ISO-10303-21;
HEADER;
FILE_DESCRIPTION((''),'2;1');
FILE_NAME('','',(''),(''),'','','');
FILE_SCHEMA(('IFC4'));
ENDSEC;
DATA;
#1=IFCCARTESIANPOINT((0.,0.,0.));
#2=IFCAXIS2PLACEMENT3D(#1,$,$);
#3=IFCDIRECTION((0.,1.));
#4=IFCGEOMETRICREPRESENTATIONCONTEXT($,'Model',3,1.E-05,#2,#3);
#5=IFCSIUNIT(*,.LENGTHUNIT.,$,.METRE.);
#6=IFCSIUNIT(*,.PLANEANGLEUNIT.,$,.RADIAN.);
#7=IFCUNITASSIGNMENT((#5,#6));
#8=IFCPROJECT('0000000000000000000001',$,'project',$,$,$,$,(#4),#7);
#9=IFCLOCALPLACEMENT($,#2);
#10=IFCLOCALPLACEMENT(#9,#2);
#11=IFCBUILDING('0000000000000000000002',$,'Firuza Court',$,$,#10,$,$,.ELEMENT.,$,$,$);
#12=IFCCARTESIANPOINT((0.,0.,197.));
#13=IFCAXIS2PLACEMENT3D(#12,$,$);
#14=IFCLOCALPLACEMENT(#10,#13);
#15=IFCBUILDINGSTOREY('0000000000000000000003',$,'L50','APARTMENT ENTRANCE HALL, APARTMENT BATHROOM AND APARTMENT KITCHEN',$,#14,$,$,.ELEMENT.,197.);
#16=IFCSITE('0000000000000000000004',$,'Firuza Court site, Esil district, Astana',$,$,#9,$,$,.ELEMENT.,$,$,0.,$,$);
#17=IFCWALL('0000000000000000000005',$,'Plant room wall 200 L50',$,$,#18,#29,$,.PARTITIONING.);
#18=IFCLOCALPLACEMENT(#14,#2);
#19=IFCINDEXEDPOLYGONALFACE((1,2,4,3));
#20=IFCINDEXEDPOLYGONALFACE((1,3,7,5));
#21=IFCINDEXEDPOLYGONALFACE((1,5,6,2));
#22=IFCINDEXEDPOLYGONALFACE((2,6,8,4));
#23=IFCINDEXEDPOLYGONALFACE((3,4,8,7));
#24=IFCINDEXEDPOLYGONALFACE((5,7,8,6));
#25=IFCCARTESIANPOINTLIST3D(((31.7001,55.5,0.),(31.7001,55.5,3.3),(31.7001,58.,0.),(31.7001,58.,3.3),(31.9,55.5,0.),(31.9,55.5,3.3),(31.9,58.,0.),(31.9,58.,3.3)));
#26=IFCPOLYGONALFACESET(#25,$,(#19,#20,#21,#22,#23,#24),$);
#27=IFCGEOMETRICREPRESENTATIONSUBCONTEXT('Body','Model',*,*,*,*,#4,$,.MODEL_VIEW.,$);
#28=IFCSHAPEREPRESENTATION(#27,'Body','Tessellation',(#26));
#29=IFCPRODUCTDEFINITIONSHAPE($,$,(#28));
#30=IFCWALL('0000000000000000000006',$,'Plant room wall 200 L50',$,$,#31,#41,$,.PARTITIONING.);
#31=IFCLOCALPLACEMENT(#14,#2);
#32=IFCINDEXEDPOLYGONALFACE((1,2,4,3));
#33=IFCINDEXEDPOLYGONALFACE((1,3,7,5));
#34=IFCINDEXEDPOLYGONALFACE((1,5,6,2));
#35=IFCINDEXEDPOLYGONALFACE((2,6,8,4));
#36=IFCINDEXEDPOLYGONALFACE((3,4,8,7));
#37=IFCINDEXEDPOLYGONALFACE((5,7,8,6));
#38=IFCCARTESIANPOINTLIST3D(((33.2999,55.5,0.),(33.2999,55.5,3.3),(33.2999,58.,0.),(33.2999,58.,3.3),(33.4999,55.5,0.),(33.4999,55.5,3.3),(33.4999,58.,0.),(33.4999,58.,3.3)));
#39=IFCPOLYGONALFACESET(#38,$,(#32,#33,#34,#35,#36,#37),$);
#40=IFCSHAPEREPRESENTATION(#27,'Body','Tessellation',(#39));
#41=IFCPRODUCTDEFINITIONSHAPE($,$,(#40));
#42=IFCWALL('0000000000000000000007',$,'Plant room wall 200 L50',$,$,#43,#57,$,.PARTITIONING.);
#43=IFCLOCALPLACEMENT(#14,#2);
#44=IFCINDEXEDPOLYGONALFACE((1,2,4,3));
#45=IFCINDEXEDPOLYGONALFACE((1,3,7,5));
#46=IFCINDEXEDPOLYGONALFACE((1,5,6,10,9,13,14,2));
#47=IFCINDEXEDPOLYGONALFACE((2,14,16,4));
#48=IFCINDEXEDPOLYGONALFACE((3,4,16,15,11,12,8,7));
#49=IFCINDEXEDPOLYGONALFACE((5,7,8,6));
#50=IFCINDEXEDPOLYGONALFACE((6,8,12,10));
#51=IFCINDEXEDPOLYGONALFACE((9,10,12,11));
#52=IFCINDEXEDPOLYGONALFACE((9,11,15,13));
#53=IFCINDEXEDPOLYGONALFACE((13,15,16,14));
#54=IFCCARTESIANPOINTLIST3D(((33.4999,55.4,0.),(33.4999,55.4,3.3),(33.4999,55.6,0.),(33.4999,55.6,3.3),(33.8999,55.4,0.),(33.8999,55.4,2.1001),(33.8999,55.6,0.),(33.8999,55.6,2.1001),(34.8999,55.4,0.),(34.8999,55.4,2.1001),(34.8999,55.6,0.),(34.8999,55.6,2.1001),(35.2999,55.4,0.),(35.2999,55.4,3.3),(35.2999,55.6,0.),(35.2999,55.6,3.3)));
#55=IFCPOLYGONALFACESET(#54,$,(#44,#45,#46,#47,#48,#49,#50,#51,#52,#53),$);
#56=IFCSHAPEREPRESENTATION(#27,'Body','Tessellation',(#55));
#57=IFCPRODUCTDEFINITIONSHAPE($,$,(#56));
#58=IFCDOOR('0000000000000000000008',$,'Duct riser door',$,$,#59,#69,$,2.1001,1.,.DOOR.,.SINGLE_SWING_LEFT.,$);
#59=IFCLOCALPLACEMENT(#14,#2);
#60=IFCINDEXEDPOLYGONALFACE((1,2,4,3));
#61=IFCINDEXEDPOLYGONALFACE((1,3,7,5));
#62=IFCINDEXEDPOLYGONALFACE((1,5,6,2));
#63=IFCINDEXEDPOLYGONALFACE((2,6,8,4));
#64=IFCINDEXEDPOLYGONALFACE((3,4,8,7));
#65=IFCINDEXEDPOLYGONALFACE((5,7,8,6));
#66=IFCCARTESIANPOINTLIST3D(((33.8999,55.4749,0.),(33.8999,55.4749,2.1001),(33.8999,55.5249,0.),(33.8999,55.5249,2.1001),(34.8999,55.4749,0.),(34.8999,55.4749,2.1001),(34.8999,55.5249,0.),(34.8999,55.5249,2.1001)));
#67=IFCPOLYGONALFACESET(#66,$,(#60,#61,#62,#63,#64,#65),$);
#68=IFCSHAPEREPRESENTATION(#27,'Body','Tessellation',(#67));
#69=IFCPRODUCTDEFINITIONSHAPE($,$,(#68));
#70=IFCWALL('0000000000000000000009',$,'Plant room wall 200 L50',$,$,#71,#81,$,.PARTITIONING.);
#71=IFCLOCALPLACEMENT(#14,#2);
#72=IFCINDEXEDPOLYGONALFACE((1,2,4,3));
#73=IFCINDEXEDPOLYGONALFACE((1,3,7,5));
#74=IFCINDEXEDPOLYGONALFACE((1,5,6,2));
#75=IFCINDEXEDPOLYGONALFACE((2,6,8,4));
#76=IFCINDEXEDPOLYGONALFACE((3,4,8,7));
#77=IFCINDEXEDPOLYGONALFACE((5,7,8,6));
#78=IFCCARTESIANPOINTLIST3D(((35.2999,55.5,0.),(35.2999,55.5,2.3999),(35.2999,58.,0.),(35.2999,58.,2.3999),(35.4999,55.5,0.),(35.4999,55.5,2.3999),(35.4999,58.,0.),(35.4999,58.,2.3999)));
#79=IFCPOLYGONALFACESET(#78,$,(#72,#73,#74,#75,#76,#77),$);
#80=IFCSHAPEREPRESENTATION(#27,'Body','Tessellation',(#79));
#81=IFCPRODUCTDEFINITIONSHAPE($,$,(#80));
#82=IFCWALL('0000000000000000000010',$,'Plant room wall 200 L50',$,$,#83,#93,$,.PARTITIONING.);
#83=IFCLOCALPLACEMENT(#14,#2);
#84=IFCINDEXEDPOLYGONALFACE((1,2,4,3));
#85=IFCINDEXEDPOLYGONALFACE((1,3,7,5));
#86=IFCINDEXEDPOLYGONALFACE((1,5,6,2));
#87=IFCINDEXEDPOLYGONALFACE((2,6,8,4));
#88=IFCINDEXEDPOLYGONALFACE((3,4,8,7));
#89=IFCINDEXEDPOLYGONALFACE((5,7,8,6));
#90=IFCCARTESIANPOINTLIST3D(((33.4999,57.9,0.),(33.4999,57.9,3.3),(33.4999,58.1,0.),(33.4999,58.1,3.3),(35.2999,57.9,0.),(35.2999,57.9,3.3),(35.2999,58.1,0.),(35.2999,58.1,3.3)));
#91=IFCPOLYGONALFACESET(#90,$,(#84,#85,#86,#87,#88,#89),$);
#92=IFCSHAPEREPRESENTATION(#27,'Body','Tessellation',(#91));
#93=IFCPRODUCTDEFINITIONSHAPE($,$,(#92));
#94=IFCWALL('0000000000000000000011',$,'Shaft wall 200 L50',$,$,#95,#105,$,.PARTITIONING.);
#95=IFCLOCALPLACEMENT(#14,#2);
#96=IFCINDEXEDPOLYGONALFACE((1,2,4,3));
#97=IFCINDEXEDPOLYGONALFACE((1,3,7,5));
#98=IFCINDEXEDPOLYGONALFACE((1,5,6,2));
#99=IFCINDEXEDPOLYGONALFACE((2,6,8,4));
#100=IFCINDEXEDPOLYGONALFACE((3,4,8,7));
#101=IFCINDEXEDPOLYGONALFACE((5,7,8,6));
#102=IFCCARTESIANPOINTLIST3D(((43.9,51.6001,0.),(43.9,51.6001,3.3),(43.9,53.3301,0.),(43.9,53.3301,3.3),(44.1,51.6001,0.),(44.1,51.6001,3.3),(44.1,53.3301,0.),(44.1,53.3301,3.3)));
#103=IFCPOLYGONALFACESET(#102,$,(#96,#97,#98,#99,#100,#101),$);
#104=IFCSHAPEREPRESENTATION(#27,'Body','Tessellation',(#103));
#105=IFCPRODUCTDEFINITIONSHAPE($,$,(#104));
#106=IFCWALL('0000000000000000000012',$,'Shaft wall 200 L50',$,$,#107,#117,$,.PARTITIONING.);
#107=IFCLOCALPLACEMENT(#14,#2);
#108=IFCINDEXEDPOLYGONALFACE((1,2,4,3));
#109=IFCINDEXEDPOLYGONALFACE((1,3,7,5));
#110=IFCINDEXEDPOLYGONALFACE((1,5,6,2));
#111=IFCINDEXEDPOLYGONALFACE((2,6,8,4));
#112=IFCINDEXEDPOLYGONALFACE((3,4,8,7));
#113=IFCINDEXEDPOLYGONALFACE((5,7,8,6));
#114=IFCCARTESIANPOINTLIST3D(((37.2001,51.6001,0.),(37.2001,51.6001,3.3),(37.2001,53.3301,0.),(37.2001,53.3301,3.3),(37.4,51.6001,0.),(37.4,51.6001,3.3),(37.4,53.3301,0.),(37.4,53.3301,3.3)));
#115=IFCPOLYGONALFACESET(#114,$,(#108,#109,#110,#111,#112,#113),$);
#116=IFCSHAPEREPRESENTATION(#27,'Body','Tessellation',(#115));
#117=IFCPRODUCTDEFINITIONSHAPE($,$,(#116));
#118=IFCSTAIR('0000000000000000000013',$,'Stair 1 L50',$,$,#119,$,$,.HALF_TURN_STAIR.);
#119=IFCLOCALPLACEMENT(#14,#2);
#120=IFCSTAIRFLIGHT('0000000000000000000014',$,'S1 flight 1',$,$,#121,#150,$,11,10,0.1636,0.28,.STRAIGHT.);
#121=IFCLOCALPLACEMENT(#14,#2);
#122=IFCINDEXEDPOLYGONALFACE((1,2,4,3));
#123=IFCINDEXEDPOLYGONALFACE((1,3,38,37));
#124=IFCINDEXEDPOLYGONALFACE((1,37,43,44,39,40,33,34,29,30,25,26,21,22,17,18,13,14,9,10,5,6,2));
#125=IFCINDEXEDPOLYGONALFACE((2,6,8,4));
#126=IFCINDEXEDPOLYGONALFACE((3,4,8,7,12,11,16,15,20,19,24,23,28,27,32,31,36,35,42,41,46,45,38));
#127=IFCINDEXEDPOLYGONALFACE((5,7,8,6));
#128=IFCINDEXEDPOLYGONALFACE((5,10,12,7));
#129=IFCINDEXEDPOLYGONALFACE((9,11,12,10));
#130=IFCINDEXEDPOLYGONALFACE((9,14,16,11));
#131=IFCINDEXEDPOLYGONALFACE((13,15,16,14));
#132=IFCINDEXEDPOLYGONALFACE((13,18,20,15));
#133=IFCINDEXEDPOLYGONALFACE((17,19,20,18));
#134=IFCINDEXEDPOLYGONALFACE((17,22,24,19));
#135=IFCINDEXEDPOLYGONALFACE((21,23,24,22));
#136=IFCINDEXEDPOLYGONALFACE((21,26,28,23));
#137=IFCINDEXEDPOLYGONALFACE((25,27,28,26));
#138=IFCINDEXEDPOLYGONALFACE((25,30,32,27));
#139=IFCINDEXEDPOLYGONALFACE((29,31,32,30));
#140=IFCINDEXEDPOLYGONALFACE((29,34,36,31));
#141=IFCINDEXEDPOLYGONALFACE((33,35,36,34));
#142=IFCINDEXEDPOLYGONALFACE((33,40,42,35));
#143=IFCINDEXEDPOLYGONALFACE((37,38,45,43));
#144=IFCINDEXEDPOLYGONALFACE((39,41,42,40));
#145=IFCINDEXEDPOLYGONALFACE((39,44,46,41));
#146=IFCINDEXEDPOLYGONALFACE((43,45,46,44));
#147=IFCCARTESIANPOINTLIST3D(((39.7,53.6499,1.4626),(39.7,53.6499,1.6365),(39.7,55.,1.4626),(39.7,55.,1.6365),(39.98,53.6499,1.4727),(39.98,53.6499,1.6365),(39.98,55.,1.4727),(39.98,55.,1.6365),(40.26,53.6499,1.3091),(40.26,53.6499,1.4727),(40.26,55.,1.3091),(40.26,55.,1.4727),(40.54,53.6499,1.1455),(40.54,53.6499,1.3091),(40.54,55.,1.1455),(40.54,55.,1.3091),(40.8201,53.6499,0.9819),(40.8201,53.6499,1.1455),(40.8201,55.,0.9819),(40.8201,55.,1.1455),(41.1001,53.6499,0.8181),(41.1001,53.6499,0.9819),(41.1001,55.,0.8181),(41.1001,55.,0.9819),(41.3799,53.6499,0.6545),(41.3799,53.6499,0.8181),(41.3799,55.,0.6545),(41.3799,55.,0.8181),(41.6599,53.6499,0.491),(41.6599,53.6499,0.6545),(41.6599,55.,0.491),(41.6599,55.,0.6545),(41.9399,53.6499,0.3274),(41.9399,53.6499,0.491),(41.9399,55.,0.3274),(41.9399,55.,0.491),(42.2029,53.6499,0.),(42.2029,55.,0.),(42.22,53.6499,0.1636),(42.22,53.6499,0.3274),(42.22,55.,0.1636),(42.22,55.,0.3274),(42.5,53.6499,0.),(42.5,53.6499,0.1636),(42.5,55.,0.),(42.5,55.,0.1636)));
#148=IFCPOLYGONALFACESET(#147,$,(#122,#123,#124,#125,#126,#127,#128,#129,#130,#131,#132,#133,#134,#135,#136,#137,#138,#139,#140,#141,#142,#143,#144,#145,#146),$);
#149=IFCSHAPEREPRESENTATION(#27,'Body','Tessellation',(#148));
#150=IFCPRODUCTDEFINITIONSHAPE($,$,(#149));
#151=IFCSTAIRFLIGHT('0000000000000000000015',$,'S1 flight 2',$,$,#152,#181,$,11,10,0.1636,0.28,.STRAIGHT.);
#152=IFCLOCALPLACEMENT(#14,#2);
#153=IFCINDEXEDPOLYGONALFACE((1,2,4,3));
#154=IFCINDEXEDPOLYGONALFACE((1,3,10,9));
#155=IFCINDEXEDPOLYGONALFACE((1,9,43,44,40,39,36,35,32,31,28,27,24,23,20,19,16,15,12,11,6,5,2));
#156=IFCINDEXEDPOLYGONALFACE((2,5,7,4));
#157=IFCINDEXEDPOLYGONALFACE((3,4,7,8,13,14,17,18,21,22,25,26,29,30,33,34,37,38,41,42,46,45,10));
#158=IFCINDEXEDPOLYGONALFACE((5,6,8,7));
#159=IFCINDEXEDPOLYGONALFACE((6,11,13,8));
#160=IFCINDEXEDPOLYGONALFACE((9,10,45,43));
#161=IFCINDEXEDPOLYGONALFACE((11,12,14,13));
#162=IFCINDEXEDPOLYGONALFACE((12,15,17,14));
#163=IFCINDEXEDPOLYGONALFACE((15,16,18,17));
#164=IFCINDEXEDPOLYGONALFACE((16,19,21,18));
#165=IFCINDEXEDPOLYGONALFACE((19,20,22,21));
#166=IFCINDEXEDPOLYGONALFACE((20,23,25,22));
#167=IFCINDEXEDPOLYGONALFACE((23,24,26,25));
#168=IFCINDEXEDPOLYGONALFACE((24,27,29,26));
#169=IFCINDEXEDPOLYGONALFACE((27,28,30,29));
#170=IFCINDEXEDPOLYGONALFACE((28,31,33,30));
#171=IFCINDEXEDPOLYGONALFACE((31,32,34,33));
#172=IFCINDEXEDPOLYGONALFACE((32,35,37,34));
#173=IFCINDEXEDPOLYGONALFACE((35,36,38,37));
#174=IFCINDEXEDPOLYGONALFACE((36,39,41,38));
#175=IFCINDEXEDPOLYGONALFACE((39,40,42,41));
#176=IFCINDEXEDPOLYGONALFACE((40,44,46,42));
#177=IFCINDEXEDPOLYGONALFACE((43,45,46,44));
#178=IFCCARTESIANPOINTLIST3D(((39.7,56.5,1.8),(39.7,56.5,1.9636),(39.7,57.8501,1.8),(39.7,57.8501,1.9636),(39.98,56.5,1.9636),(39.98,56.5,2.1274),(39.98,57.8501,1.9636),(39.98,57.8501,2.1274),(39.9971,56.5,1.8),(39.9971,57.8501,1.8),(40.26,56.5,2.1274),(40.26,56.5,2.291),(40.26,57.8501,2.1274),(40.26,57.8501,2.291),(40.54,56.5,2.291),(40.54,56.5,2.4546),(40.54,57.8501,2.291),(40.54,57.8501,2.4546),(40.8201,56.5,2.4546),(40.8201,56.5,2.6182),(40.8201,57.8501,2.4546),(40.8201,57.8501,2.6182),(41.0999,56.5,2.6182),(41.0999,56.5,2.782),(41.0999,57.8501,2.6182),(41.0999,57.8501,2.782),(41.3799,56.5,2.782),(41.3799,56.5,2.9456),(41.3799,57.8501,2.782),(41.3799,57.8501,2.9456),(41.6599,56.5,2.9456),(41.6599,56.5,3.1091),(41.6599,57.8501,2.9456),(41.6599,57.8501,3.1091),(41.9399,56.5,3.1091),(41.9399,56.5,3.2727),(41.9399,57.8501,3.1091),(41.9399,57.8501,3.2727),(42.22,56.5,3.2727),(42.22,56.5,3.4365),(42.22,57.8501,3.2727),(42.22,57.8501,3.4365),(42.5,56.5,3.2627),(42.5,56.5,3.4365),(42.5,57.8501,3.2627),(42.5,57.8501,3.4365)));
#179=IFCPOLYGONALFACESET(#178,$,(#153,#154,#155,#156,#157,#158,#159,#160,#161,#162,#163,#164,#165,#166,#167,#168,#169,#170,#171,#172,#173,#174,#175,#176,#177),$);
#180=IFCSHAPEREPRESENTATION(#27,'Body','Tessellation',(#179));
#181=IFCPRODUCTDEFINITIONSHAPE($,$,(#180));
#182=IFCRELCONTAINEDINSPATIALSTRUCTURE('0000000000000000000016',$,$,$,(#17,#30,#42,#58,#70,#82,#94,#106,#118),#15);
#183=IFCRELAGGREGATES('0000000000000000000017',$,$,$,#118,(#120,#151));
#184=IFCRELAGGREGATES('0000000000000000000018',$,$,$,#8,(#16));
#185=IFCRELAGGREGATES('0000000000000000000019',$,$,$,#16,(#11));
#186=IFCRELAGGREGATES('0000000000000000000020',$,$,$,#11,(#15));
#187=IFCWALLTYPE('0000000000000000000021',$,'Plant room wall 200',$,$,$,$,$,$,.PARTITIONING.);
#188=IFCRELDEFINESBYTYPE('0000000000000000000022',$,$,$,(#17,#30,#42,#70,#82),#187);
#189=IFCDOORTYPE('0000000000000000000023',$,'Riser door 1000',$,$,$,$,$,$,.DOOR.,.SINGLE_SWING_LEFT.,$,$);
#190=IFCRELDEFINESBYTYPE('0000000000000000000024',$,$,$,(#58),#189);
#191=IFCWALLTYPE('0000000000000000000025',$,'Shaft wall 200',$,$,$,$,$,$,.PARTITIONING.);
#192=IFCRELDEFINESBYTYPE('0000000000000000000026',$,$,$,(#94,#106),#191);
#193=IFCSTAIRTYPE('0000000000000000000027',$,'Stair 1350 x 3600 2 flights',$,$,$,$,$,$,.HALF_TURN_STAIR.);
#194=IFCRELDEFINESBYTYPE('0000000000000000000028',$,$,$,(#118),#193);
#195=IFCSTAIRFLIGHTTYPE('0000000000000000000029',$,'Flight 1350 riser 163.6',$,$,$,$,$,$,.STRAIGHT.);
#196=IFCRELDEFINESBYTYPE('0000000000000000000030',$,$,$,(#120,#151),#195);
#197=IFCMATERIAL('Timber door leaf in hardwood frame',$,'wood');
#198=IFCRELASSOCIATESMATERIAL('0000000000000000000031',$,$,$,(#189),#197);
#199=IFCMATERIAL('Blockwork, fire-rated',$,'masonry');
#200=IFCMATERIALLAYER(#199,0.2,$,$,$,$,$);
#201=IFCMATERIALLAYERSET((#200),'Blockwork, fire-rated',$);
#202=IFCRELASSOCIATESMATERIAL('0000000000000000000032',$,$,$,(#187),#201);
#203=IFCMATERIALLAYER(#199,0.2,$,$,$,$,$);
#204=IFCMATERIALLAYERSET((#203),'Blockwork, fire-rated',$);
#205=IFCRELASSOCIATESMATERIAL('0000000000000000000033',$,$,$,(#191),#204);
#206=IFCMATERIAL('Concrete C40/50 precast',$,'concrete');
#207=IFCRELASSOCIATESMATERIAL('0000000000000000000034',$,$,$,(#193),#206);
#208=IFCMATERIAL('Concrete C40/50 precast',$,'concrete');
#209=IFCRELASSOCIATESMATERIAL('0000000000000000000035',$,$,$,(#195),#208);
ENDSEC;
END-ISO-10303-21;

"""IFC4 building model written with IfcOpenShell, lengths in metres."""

from ifc_helpers import new_model, si_unit, direction, frame, frame_2d, origin, place, context, subcontext, project, spatial, polyline, rectangle, outline, extrude, material, layer, layer_set, type_object, element, fill, aggregate, save


model = new_model("IFC4")

# Units and contexts
model_context = context("Model", 3, precision=1e-05, world=origin(), true_north=direction((0.0, 1.0)))
body_context = subcontext(model_context, "Body", "Model", "MODEL_VIEW")
ifc_project = project(units=[si_unit("LENGTHUNIT", "METRE"), si_unit("PLANEANGLEUNIT", "RADIAN")], contexts=[model_context])

# Site, building, storey
site_placement = place(None, origin())
site = spatial("IfcSite", under=ifc_project, at=site_placement, Name="Firuza Court site, Esil district, Astana", CompositionType="ELEMENT", RefElevation=0.0)
building_placement = place(site_placement, origin())
building = spatial("IfcBuilding", under=site, at=building_placement, Name="Firuza Court", CompositionType="ELEMENT")
storey_placement = place(building_placement, frame((0.0, 0.0, 197.0)))
storey = spatial("IfcBuildingStorey", under=building, at=storey_placement, Name="L50", Description="APARTMENT ENTRANCE HALL, APARTMENT BATHROOM AND APARTMENT KITCHEN", CompositionType="ELEMENT", Elevation=197.0)

# Shared definitions
ifc_material_1 = material(Name="Timber door leaf in hardwood frame", Category="wood")
door_type_1 = type_object("IfcDoorType", Name="Riser door 1000", OperationType="SINGLE_SWING_LEFT", PredefinedType="DOOR", material=ifc_material_1)

# Walls
ifc_material_2 = material(Name="Blockwork, fire-rated", Category="masonry")
ifc_layer_1 = layer(ifc_material_2, 0.2)
ifc_layer_set_1 = layer_set([ifc_layer_1], Name="Blockwork, fire-rated")
wall_type_1 = type_object("IfcWallType", Name="Plant room wall 200", PredefinedType="PARTITIONING", material=ifc_layer_set_1)
for number, where, z_axis, x_axis, name in (
    (1, (31.8, 55.5, 0.0), (0.0, 0.0, 1.0), (0.0, 1.0, 0.0), "Plant room wall 200 L50"),
    (2, (33.3999, 55.5, 0.0), (0.0, 0.0, 1.0), (0.0, 1.0, 0.0), "Plant room wall 200 L50"),
):
    element("IfcWall", number, at=place(storey_placement, frame(where, z_axis=z_axis, x_axis=x_axis)), inside=storey, type_object=wall_type_1, Name=name, PredefinedType="PARTITIONING", context=body_context, shape_type="SweptSolid", body=[
        extrude(rectangle(XDim=2.5, YDim=0.2, at=frame_2d((1.25, 0.0))), origin(), (0.0, 0.0, 1.0), 3.3),
    ])

# Wall, opening, door
wall_1_placement = place(storey_placement, frame((33.5, 55.5, 0.0), z_axis=(0.0, 0.0, 1.0), x_axis=(1.0, 0.0, 0.0)))
wall_1 = element("IfcWall", 3, at=wall_1_placement, inside=storey, type_object=wall_type_1, Name="Plant room wall 200 L50", PredefinedType="PARTITIONING", context=body_context, shape_type="SweptSolid", body=[
    extrude(rectangle(XDim=1.8, YDim=0.2, at=frame_2d((0.8999, 0.0))), origin(), (0.0, 0.0, 1.0), 3.3),
])
opening_1_placement = place(wall_1_placement, frame((0.3999, 0.0, 0.0)))
opening_1 = element("IfcOpeningElement", 4, at=opening_1_placement, cuts=wall_1, PredefinedType="OPENING", context=body_context, shape_type="SweptSolid", body=[
    extrude(rectangle(XDim=1.0, YDim=2.1001, at=frame_2d((0.5, 1.05))), frame((0.0, 0.1118, 0.0), z_axis=(0.0, -1.0, 0.0), x_axis=(1.0, 0.0, 0.0)), (0.0, 0.0, 1.0), 0.2239),
])
door_1_placement = place(opening_1_placement, origin())
door_1 = element("IfcDoor", 5, at=door_1_placement, inside=storey, type_object=door_type_1, Name="Duct riser door", OperationType="SINGLE_SWING_LEFT", OverallHeight=2.1001, OverallWidth=1.0, PredefinedType="DOOR", context=body_context, shape_type="SweptSolid", body=[
    extrude(rectangle(XDim=1.0, YDim=2.1001, at=frame_2d((0.5, 1.05))), frame((0.0, 0.0249, 0.0), z_axis=(0.0, -1.0, 0.0), x_axis=(1.0, 0.0, 0.0)), (0.0, 0.0, 1.0), 0.05),
])
fill(opening_1, door_1)

# Walls
wall_2_placement = place(storey_placement, frame((35.3999, 55.5, 0.0), z_axis=(0.0, 0.0, 1.0), x_axis=(0.0, 1.0, 0.0)))
element("IfcWall", 6, at=wall_2_placement, inside=storey, type_object=wall_type_1, Name="Plant room wall 200 L50", PredefinedType="PARTITIONING", context=body_context, shape_type="SweptSolid", body=[
    extrude(rectangle(XDim=2.5, YDim=0.2, at=frame_2d((1.25, 0.0))), origin(), (0.0, 0.0, 1.0), 2.3999),
])
wall_3_placement = place(storey_placement, frame((33.5, 58.0, 0.0), z_axis=(0.0, 0.0, 1.0), x_axis=(1.0, 0.0, 0.0)))
element("IfcWall", 7, at=wall_3_placement, inside=storey, type_object=wall_type_1, Name="Plant room wall 200 L50", PredefinedType="PARTITIONING", context=body_context, shape_type="SweptSolid", body=[
    extrude(rectangle(XDim=1.8, YDim=0.2, at=frame_2d((0.8999, 0.0))), origin(), (0.0, 0.0, 1.0), 3.3),
])
ifc_layer_2 = layer(ifc_material_2, 0.2)
ifc_layer_set_2 = layer_set([ifc_layer_2], Name="Blockwork, fire-rated")
wall_type_2 = type_object("IfcWallType", Name="Shaft wall 200", PredefinedType="PARTITIONING", material=ifc_layer_set_2)
for number, where, z_axis, x_axis, name in (
    (8, (44.0, 51.6001, 0.0), (0.0, 0.0, 1.0), (0.0, 1.0, 0.0), "Shaft wall 200 L50"),
    (9, (37.3, 51.6001, 0.0), (0.0, 0.0, 1.0), (0.0, 1.0, 0.0), "Shaft wall 200 L50"),
):
    element("IfcWall", number, at=place(storey_placement, frame(where, z_axis=z_axis, x_axis=x_axis)), inside=storey, type_object=wall_type_2, Name=name, PredefinedType="PARTITIONING", context=body_context, shape_type="SweptSolid", body=[
        extrude(rectangle(XDim=1.73, YDim=0.2, at=frame_2d((0.865, 0.0))), origin(), (0.0, 0.0, 1.0), 3.3),
    ])

# Stair, stair flights
ifc_material_3 = material(Name="Concrete C40/50 precast", Category="concrete")
stair_type = type_object("IfcStairType", Name="Stair 1350 x 3600 2 flights", PredefinedType="HALF_TURN_STAIR", material=ifc_material_3)
stair_placement = place(storey_placement, origin())
stair = element("IfcStair", 10, at=stair_placement, inside=storey, type_object=stair_type, Name="Stair 1 L50", PredefinedType="HALF_TURN_STAIR")
ifc_material_4 = material(Name="Concrete C40/50 precast", Category="concrete")
stair_flight_type = type_object("IfcStairFlightType", Name="Flight 1350 riser 163.6", PredefinedType="STRAIGHT", material=ifc_material_4)
stair_flight_1_placement = place(storey_placement, frame((42.5, 54.325, 0.0), z_axis=(0.0, 0.0, 1.0), x_axis=(-1.0, 0.0, 0.0)))
stair_flight_1 = element("IfcStairFlight", 11, at=stair_flight_1_placement, type_object=stair_flight_type, Name="S1 flight 1", NumberOfRisers=11, NumberOfTreads=10, PredefinedType="STRAIGHT", RiserHeight=0.1636, TreadLength=0.28, context=body_context, shape_type="SweptSolid", body=[
    extrude(outline(polyline([(0.0, 0.0), (0.0, 0.1636), (0.28, 0.1636), (0.28, 0.3274), (0.5601, 0.3274), (0.5601, 0.491), (0.8401, 0.491), (0.8401, 0.6545), (1.1201, 0.6545), (1.1201, 0.8181), (1.3999, 0.8181), (1.3999, 0.9819), (1.6799, 0.9819), (1.6799, 1.1455), (1.96, 1.1455), (1.96, 1.3091), (2.24, 1.3091), (2.24, 1.4727), (2.52, 1.4727), (2.52, 1.6365), (2.8, 1.6365), (2.8, 1.8), (2.8, 1.4626), (0.2971, 0.0), (0.0, 0.0)])), frame((0.0, 0.675, 0.0), z_axis=(0.0, -1.0, 0.0), x_axis=(1.0, 0.0, 0.0)), (0.0, 0.0, 1.0), 1.3501),
])
stair_flight_2_placement = place(storey_placement, frame((39.7, 57.175, 1.8), z_axis=(0.0, 0.0, 1.0), x_axis=(1.0, 0.0, 0.0)))
stair_flight_2 = element("IfcStairFlight", 12, at=stair_flight_2_placement, type_object=stair_flight_type, Name="S1 flight 2", NumberOfRisers=11, NumberOfTreads=10, PredefinedType="STRAIGHT", RiserHeight=0.1636, TreadLength=0.28, context=body_context, shape_type="SweptSolid", body=[
    extrude(outline(polyline([(0.0, 0.0), (0.0, 0.1636), (0.28, 0.1636), (0.28, 0.3274), (0.5601, 0.3274), (0.5601, 0.491), (0.8401, 0.491), (0.8401, 0.6545), (1.1201, 0.6545), (1.1201, 0.8181), (1.3999, 0.8181), (1.3999, 0.9819), (1.6799, 0.9819), (1.6799, 1.1455), (1.96, 1.1455), (1.96, 1.3091), (2.24, 1.3091), (2.24, 1.4727), (2.52, 1.4727), (2.52, 1.6365), (2.8, 1.6365), (2.8, 1.8), (2.8, 1.4626), (0.2971, 0.0), (0.0, 0.0)])), frame((0.0, 0.675, 0.0), z_axis=(0.0, -1.0, 0.0), x_axis=(1.0, 0.0, 0.0)), (0.0, 0.0, 1.0), 1.3501),
])
aggregate(stair, [stair_flight_1, stair_flight_2])

save(model, "model.ifc")
